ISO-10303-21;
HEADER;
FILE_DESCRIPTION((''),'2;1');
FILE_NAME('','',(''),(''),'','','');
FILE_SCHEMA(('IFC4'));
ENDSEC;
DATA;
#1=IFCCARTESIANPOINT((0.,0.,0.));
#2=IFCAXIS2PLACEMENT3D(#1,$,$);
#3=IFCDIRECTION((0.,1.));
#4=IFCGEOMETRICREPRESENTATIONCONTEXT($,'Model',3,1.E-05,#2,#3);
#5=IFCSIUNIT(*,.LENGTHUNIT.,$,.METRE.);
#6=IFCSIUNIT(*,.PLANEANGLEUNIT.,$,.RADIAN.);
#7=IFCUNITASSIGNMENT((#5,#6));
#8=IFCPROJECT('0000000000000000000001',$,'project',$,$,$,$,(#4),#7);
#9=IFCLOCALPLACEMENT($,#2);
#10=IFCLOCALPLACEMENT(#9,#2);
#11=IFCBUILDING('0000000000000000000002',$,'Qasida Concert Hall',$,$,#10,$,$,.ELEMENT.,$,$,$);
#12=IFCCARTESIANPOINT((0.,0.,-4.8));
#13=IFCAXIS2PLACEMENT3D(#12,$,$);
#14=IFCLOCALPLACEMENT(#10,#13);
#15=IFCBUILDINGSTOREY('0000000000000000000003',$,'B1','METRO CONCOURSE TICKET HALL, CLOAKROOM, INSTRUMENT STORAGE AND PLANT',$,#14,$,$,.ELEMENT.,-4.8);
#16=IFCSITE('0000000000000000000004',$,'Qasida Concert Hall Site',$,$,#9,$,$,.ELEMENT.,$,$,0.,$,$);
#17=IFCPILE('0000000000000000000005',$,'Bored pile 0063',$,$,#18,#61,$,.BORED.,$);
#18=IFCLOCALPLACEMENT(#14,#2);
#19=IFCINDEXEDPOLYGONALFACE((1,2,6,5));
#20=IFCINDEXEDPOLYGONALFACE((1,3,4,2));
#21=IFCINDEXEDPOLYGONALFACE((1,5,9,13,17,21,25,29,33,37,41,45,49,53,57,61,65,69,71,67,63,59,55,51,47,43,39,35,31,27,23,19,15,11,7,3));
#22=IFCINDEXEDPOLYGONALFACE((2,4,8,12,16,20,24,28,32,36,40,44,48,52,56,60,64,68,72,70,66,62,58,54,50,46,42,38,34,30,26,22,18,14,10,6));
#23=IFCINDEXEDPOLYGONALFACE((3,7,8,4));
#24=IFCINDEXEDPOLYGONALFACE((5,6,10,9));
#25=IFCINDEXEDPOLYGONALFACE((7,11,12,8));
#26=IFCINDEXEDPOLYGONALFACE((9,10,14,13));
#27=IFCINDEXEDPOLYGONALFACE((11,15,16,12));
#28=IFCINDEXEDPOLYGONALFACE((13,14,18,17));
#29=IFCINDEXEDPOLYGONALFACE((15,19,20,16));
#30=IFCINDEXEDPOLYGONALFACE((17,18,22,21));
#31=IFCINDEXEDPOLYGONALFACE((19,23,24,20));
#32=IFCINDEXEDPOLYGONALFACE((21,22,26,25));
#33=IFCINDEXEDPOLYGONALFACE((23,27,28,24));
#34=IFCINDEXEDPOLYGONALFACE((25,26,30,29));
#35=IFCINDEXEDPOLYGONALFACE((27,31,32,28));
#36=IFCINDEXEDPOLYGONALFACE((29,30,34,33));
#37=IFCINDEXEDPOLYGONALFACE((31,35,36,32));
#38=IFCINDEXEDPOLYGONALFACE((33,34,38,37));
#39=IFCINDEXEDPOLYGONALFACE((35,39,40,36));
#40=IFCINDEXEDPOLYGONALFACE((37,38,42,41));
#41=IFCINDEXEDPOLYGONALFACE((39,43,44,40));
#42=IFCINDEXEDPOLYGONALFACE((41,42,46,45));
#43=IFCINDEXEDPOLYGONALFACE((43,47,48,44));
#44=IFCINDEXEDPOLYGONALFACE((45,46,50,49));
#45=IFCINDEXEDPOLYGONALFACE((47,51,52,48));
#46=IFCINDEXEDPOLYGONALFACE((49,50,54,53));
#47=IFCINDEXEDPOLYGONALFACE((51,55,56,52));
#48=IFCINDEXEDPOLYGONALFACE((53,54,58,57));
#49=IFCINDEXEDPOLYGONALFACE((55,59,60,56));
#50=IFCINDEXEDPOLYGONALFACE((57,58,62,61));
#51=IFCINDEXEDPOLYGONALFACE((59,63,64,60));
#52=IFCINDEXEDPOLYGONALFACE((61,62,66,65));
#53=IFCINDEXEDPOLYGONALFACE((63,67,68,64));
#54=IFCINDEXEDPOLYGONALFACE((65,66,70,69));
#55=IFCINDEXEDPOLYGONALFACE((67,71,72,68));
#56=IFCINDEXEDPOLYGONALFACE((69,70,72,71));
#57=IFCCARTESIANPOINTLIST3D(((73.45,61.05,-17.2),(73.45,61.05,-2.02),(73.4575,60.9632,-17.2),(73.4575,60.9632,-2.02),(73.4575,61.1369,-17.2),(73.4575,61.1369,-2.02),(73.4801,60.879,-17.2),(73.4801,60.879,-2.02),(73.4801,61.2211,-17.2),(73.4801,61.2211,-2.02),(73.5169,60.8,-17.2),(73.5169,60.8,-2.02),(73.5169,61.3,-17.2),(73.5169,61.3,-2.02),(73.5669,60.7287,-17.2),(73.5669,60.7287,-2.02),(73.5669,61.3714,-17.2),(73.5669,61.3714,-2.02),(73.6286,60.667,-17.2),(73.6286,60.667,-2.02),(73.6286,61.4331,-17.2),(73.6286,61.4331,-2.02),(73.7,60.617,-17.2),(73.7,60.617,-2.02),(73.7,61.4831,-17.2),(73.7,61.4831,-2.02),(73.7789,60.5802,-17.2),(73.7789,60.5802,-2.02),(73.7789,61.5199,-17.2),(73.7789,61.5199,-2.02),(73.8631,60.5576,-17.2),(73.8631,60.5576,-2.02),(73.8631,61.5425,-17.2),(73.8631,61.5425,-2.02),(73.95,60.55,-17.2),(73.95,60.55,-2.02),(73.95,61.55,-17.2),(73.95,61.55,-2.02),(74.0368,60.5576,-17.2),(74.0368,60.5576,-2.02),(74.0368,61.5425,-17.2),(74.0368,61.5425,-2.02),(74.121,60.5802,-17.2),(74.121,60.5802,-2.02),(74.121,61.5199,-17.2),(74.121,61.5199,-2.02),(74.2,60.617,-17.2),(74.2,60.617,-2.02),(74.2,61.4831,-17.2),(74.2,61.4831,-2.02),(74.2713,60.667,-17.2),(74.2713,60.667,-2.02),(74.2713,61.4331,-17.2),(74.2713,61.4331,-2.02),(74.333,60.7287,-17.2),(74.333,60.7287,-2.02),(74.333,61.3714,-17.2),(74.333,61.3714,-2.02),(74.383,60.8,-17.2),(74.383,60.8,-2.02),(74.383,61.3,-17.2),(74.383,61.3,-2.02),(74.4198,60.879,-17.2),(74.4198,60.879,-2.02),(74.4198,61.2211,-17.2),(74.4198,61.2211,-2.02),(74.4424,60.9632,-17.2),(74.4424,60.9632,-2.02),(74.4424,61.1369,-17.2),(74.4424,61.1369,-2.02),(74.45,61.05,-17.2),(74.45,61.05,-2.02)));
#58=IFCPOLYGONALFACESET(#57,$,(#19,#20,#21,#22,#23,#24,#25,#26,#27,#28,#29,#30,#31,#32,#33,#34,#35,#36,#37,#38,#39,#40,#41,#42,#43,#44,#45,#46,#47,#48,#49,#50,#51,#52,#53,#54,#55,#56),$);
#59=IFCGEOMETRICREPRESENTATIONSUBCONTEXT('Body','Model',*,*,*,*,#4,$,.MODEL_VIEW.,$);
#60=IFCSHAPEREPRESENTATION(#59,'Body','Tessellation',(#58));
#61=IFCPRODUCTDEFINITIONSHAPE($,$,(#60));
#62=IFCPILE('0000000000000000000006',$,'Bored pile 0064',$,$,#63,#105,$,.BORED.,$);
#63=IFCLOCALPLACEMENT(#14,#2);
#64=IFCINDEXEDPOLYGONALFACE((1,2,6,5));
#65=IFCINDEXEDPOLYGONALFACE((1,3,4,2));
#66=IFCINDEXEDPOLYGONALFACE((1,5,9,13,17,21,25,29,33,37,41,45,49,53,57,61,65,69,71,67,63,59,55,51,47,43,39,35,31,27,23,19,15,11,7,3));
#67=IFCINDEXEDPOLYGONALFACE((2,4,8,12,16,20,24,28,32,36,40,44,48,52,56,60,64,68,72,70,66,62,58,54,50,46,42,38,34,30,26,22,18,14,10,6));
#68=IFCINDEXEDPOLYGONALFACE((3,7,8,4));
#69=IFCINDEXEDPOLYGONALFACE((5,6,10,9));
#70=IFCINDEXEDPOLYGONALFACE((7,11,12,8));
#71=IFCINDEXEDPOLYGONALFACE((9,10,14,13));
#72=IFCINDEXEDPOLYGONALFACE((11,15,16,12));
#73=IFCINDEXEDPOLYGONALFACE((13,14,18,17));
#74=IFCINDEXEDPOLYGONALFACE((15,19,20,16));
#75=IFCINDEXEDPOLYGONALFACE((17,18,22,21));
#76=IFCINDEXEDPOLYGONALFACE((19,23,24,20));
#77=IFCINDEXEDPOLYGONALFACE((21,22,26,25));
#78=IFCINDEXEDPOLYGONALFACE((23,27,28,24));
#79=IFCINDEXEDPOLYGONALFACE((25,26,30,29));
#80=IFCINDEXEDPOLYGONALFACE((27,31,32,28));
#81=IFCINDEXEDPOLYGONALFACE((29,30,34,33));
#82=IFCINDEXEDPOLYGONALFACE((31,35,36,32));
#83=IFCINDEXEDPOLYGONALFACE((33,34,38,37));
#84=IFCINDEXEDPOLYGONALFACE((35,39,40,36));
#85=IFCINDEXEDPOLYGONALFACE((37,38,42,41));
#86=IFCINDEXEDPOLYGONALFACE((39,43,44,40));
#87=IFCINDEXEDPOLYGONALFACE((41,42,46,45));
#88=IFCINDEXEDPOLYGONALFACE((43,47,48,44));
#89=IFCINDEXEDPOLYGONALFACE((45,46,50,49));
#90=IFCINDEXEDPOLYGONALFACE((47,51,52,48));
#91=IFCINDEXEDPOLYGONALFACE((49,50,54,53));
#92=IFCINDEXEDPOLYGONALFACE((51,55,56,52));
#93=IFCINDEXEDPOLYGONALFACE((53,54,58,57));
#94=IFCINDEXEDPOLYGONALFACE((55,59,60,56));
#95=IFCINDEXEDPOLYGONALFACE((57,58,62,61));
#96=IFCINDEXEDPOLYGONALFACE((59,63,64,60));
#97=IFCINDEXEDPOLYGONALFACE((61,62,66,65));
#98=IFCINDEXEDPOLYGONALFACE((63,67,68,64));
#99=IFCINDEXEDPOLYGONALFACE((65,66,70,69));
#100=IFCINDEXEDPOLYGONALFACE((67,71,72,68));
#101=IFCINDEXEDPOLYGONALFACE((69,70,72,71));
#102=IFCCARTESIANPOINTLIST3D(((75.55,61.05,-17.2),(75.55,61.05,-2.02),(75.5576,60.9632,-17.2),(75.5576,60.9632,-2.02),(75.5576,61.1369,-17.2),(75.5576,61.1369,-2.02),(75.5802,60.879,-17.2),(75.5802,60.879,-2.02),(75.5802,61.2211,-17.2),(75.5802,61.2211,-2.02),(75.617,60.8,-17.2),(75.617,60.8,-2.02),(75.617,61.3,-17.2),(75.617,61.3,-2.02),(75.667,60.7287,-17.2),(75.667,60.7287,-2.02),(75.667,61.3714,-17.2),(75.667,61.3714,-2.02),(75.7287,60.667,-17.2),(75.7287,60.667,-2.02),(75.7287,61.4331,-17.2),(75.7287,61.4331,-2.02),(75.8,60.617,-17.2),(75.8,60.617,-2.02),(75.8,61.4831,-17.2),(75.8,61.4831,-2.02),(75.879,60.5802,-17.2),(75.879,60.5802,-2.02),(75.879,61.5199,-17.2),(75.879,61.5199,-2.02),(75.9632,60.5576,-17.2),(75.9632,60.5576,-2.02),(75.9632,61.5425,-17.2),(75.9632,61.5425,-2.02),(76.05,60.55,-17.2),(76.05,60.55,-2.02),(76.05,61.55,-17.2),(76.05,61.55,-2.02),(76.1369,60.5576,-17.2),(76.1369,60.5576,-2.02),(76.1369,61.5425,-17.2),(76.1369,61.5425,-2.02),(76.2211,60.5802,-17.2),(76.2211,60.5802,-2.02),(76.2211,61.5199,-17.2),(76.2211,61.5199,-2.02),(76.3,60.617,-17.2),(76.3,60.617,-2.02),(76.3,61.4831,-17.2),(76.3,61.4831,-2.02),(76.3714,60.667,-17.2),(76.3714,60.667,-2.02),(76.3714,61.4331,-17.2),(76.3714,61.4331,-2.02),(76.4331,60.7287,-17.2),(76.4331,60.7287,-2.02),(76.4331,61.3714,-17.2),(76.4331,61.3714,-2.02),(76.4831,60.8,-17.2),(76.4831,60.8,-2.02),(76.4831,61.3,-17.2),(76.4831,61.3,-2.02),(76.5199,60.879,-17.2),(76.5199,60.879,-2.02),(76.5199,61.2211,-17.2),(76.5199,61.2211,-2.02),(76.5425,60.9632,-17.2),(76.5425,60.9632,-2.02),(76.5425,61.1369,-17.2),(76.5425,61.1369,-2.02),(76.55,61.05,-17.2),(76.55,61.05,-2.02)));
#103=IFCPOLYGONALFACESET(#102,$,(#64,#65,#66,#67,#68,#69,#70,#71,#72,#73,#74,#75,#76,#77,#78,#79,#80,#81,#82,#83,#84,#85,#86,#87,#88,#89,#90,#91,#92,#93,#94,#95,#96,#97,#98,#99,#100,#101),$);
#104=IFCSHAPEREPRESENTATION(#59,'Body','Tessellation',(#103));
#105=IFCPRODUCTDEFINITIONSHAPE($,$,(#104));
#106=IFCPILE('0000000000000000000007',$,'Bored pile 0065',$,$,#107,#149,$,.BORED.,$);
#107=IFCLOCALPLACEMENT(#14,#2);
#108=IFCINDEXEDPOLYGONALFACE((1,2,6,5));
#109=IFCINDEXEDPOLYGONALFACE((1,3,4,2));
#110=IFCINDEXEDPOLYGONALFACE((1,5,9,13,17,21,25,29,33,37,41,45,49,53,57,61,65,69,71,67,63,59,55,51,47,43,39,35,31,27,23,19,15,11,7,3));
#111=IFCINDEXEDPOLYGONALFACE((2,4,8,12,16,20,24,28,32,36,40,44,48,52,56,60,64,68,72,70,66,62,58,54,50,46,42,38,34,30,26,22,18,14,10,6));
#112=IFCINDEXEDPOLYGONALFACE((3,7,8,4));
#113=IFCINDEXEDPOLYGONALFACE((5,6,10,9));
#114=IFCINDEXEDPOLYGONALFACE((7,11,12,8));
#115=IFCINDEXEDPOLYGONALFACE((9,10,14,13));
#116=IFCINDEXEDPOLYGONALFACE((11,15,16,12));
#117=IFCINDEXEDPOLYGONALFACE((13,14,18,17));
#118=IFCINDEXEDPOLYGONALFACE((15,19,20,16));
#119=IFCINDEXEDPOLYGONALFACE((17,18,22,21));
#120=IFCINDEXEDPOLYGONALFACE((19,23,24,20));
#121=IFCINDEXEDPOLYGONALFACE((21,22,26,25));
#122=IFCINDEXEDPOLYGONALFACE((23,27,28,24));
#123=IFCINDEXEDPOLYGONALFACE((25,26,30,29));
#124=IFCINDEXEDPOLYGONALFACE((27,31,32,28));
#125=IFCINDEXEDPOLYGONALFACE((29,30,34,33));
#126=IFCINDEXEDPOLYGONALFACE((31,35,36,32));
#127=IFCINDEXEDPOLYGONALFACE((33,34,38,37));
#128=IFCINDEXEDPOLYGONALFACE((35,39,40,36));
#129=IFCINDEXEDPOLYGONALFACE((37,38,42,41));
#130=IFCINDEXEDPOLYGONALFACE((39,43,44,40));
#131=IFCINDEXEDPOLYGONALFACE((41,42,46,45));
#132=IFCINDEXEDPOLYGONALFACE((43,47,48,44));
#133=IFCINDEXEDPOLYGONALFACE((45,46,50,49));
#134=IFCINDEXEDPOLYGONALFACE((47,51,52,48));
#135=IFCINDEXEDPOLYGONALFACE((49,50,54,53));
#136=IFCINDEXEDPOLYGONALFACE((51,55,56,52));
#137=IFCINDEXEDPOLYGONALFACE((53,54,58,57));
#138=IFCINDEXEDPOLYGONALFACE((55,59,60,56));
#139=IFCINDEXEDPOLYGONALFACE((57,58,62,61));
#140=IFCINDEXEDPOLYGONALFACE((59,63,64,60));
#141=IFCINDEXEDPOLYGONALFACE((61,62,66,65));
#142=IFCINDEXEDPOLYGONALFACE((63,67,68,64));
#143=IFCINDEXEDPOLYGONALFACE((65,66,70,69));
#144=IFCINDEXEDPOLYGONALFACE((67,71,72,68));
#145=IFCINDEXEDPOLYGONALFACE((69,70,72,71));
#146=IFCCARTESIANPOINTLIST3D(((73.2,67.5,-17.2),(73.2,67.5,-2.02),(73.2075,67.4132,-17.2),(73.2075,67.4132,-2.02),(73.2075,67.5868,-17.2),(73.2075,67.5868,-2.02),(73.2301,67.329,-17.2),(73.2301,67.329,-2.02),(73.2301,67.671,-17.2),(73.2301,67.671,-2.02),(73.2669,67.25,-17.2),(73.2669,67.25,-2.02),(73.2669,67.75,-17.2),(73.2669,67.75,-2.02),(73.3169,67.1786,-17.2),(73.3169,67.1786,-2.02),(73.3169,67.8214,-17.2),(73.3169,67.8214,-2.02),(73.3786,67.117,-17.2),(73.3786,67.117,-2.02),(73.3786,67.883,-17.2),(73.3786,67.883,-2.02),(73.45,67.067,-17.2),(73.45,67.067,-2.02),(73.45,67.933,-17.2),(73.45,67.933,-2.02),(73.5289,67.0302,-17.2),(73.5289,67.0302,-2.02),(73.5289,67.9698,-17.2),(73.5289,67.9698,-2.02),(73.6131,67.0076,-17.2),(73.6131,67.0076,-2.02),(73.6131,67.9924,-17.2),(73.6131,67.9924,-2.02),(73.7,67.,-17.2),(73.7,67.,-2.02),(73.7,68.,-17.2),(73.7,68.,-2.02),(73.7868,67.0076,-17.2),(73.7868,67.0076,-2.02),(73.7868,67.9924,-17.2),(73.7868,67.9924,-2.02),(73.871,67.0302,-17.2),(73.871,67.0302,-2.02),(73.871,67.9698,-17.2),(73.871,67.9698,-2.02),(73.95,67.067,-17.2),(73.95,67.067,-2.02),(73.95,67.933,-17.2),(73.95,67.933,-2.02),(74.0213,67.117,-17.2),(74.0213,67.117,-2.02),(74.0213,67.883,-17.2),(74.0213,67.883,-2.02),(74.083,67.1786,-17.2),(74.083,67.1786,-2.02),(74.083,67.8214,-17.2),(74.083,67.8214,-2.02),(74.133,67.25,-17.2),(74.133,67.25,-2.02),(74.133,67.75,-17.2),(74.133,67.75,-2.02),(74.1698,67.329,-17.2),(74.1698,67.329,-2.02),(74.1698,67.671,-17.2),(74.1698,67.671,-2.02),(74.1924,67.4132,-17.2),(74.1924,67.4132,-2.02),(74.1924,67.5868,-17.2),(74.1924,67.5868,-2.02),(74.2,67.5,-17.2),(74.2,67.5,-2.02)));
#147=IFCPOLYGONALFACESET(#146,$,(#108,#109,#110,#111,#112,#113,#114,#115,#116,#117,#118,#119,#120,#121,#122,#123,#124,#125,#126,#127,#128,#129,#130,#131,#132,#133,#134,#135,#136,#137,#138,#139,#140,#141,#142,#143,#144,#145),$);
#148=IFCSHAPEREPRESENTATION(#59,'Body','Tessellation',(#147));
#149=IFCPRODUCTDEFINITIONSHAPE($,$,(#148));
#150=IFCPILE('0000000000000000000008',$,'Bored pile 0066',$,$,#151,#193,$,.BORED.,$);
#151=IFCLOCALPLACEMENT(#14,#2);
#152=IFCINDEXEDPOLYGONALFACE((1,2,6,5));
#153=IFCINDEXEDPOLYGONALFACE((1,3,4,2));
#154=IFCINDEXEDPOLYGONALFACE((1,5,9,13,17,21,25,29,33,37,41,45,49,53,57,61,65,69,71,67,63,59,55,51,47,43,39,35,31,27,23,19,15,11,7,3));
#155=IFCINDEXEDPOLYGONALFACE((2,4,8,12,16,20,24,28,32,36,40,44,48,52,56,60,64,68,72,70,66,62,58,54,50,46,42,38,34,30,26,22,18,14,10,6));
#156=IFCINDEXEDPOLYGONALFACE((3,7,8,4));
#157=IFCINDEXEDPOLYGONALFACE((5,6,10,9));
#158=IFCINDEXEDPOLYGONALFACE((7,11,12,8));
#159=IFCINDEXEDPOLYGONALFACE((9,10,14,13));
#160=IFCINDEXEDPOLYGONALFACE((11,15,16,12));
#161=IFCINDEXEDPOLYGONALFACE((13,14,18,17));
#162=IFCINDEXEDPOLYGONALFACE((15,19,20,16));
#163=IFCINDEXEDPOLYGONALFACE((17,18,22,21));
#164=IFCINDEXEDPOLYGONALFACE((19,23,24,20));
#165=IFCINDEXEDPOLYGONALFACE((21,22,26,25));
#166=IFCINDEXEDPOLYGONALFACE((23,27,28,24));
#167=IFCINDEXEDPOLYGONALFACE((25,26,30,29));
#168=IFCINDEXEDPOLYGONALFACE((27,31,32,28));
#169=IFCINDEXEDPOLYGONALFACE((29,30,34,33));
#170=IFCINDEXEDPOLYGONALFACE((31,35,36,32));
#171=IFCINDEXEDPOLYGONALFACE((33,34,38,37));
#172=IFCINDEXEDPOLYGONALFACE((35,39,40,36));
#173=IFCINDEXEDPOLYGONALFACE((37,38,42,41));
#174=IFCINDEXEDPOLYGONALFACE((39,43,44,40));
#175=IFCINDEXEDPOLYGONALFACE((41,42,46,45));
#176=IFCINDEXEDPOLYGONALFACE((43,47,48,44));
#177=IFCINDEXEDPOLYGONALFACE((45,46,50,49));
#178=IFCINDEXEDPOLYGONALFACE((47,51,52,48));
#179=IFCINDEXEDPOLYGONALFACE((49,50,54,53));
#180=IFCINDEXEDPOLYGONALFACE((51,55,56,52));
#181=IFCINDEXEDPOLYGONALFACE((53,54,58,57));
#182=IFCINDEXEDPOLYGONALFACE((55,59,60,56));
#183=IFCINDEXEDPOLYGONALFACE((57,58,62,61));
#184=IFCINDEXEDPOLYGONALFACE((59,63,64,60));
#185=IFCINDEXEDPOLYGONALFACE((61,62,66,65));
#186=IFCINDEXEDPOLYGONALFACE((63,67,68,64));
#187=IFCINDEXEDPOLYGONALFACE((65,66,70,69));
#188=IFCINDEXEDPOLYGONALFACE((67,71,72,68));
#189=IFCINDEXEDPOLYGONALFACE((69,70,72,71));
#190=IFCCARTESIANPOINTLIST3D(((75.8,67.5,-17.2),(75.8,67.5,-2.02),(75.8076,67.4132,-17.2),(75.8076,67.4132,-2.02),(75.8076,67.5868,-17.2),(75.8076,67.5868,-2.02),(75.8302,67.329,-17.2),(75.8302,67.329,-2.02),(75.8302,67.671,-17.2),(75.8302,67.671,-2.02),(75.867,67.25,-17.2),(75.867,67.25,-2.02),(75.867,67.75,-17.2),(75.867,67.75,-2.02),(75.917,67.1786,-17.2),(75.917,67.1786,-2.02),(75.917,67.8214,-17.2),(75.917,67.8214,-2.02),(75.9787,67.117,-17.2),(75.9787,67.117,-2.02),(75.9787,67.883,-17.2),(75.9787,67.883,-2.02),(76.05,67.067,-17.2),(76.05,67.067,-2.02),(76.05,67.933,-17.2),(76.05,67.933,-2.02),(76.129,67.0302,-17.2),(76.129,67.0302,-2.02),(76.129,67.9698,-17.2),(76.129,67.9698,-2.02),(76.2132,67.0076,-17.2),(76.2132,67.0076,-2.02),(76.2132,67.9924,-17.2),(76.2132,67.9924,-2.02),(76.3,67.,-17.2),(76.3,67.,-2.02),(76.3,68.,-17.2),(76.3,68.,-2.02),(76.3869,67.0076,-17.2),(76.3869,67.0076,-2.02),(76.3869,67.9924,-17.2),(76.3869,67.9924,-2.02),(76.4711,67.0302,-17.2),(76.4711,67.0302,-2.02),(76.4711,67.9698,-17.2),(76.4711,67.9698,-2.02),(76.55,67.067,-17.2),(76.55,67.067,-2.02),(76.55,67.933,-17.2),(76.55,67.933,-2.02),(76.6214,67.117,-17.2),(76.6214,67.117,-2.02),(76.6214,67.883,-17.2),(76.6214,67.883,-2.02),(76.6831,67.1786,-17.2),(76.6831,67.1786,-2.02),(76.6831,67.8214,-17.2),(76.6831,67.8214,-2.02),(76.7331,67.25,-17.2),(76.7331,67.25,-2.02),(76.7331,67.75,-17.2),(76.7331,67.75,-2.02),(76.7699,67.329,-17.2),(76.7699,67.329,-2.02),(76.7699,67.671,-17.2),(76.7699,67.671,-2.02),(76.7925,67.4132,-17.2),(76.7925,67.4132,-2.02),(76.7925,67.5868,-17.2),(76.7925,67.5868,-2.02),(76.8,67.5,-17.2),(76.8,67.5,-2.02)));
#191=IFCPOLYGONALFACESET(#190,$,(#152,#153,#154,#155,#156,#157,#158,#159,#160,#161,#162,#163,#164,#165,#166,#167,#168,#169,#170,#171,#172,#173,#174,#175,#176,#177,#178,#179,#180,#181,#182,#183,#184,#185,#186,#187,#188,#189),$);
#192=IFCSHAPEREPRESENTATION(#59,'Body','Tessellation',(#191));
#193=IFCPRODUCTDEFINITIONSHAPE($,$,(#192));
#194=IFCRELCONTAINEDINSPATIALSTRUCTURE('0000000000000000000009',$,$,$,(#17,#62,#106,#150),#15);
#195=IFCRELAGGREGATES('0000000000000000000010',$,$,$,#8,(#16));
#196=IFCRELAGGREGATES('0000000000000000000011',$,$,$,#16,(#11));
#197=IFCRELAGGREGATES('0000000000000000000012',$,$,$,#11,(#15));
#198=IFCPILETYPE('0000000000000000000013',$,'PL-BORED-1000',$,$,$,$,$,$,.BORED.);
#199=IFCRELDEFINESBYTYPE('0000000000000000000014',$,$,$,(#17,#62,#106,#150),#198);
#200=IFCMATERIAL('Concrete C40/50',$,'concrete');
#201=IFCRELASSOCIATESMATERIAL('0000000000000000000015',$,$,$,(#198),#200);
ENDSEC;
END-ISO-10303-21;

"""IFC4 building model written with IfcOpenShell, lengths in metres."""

from ifc_helpers import new_model, si_unit, direction, frame, origin, origin_2d, place, context, subcontext, project, spatial, circle, extrude, material, material_profile, profile_set, type_object, element, save


model = new_model("IFC4")

# Units and contexts
model_context = context("Model", 3, precision=1e-05, world=origin(), true_north=direction((0.0, 1.0)))
body_context = subcontext(model_context, "Body", "Model", "MODEL_VIEW")
ifc_project = project(units=[si_unit("LENGTHUNIT", "METRE"), si_unit("PLANEANGLEUNIT", "RADIAN")], contexts=[model_context])

# Site, building, storey
site_placement = place(None, origin())
site = spatial("IfcSite", under=ifc_project, at=site_placement, Name="Qasida Concert Hall Site", CompositionType="ELEMENT", RefElevation=0.0)
building_placement = place(site_placement, origin())
building = spatial("IfcBuilding", under=site, at=building_placement, Name="Qasida Concert Hall", CompositionType="ELEMENT")
storey_placement = place(building_placement, frame((0.0, 0.0, -4.8)))
storey = spatial("IfcBuildingStorey", under=building, at=storey_placement, Name="B1", Description="METRO CONCOURSE TICKET HALL, CLOAKROOM, INSTRUMENT STORAGE AND PLANT", CompositionType="ELEMENT", Elevation=-4.8)

# Shared definitions
ifc_material_1 = material(Name="Concrete C40/50", Category="concrete")

# Piles
ifc_material_profile_1 = material_profile(ifc_material_1, circle(Radius=0.5, at=origin_2d()), Name="BORED PILE D1000")
ifc_profile_set_1 = profile_set([ifc_material_profile_1], Name="Concrete C40/50")
pile_type = type_object("IfcPileType", Name="PL-BORED-1000", PredefinedType="BORED", material=ifc_profile_set_1)
for number, where, z_axis, x_axis, name in (
    (1, (73.95, 61.05, -2.02), (0.0, 0.0, -1.0), (1.0, 0.0, 0.0), "Bored pile 0063"),
    (2, (76.05, 61.05, -2.02), (0.0, 0.0, -1.0), (1.0, 0.0, 0.0), "Bored pile 0064"),
    (3, (73.7, 67.5, -2.02), (0.0, 0.0, -1.0), (1.0, 0.0, 0.0), "Bored pile 0065"),
    (4, (76.3, 67.5, -2.02), (0.0, 0.0, -1.0), (1.0, 0.0, 0.0), "Bored pile 0066"),
):
    element("IfcPile", number, at=place(storey_placement, frame(where, z_axis=z_axis, x_axis=x_axis)), inside=storey, type_object=pile_type, Name=name, PredefinedType="BORED", context=body_context, shape_type="SweptSolid", body=[
        extrude(circle(Radius=0.5, at=origin_2d()), origin(), (0.0, 0.0, 1.0), 15.1799),
    ])

save(model, "model.ifc")
